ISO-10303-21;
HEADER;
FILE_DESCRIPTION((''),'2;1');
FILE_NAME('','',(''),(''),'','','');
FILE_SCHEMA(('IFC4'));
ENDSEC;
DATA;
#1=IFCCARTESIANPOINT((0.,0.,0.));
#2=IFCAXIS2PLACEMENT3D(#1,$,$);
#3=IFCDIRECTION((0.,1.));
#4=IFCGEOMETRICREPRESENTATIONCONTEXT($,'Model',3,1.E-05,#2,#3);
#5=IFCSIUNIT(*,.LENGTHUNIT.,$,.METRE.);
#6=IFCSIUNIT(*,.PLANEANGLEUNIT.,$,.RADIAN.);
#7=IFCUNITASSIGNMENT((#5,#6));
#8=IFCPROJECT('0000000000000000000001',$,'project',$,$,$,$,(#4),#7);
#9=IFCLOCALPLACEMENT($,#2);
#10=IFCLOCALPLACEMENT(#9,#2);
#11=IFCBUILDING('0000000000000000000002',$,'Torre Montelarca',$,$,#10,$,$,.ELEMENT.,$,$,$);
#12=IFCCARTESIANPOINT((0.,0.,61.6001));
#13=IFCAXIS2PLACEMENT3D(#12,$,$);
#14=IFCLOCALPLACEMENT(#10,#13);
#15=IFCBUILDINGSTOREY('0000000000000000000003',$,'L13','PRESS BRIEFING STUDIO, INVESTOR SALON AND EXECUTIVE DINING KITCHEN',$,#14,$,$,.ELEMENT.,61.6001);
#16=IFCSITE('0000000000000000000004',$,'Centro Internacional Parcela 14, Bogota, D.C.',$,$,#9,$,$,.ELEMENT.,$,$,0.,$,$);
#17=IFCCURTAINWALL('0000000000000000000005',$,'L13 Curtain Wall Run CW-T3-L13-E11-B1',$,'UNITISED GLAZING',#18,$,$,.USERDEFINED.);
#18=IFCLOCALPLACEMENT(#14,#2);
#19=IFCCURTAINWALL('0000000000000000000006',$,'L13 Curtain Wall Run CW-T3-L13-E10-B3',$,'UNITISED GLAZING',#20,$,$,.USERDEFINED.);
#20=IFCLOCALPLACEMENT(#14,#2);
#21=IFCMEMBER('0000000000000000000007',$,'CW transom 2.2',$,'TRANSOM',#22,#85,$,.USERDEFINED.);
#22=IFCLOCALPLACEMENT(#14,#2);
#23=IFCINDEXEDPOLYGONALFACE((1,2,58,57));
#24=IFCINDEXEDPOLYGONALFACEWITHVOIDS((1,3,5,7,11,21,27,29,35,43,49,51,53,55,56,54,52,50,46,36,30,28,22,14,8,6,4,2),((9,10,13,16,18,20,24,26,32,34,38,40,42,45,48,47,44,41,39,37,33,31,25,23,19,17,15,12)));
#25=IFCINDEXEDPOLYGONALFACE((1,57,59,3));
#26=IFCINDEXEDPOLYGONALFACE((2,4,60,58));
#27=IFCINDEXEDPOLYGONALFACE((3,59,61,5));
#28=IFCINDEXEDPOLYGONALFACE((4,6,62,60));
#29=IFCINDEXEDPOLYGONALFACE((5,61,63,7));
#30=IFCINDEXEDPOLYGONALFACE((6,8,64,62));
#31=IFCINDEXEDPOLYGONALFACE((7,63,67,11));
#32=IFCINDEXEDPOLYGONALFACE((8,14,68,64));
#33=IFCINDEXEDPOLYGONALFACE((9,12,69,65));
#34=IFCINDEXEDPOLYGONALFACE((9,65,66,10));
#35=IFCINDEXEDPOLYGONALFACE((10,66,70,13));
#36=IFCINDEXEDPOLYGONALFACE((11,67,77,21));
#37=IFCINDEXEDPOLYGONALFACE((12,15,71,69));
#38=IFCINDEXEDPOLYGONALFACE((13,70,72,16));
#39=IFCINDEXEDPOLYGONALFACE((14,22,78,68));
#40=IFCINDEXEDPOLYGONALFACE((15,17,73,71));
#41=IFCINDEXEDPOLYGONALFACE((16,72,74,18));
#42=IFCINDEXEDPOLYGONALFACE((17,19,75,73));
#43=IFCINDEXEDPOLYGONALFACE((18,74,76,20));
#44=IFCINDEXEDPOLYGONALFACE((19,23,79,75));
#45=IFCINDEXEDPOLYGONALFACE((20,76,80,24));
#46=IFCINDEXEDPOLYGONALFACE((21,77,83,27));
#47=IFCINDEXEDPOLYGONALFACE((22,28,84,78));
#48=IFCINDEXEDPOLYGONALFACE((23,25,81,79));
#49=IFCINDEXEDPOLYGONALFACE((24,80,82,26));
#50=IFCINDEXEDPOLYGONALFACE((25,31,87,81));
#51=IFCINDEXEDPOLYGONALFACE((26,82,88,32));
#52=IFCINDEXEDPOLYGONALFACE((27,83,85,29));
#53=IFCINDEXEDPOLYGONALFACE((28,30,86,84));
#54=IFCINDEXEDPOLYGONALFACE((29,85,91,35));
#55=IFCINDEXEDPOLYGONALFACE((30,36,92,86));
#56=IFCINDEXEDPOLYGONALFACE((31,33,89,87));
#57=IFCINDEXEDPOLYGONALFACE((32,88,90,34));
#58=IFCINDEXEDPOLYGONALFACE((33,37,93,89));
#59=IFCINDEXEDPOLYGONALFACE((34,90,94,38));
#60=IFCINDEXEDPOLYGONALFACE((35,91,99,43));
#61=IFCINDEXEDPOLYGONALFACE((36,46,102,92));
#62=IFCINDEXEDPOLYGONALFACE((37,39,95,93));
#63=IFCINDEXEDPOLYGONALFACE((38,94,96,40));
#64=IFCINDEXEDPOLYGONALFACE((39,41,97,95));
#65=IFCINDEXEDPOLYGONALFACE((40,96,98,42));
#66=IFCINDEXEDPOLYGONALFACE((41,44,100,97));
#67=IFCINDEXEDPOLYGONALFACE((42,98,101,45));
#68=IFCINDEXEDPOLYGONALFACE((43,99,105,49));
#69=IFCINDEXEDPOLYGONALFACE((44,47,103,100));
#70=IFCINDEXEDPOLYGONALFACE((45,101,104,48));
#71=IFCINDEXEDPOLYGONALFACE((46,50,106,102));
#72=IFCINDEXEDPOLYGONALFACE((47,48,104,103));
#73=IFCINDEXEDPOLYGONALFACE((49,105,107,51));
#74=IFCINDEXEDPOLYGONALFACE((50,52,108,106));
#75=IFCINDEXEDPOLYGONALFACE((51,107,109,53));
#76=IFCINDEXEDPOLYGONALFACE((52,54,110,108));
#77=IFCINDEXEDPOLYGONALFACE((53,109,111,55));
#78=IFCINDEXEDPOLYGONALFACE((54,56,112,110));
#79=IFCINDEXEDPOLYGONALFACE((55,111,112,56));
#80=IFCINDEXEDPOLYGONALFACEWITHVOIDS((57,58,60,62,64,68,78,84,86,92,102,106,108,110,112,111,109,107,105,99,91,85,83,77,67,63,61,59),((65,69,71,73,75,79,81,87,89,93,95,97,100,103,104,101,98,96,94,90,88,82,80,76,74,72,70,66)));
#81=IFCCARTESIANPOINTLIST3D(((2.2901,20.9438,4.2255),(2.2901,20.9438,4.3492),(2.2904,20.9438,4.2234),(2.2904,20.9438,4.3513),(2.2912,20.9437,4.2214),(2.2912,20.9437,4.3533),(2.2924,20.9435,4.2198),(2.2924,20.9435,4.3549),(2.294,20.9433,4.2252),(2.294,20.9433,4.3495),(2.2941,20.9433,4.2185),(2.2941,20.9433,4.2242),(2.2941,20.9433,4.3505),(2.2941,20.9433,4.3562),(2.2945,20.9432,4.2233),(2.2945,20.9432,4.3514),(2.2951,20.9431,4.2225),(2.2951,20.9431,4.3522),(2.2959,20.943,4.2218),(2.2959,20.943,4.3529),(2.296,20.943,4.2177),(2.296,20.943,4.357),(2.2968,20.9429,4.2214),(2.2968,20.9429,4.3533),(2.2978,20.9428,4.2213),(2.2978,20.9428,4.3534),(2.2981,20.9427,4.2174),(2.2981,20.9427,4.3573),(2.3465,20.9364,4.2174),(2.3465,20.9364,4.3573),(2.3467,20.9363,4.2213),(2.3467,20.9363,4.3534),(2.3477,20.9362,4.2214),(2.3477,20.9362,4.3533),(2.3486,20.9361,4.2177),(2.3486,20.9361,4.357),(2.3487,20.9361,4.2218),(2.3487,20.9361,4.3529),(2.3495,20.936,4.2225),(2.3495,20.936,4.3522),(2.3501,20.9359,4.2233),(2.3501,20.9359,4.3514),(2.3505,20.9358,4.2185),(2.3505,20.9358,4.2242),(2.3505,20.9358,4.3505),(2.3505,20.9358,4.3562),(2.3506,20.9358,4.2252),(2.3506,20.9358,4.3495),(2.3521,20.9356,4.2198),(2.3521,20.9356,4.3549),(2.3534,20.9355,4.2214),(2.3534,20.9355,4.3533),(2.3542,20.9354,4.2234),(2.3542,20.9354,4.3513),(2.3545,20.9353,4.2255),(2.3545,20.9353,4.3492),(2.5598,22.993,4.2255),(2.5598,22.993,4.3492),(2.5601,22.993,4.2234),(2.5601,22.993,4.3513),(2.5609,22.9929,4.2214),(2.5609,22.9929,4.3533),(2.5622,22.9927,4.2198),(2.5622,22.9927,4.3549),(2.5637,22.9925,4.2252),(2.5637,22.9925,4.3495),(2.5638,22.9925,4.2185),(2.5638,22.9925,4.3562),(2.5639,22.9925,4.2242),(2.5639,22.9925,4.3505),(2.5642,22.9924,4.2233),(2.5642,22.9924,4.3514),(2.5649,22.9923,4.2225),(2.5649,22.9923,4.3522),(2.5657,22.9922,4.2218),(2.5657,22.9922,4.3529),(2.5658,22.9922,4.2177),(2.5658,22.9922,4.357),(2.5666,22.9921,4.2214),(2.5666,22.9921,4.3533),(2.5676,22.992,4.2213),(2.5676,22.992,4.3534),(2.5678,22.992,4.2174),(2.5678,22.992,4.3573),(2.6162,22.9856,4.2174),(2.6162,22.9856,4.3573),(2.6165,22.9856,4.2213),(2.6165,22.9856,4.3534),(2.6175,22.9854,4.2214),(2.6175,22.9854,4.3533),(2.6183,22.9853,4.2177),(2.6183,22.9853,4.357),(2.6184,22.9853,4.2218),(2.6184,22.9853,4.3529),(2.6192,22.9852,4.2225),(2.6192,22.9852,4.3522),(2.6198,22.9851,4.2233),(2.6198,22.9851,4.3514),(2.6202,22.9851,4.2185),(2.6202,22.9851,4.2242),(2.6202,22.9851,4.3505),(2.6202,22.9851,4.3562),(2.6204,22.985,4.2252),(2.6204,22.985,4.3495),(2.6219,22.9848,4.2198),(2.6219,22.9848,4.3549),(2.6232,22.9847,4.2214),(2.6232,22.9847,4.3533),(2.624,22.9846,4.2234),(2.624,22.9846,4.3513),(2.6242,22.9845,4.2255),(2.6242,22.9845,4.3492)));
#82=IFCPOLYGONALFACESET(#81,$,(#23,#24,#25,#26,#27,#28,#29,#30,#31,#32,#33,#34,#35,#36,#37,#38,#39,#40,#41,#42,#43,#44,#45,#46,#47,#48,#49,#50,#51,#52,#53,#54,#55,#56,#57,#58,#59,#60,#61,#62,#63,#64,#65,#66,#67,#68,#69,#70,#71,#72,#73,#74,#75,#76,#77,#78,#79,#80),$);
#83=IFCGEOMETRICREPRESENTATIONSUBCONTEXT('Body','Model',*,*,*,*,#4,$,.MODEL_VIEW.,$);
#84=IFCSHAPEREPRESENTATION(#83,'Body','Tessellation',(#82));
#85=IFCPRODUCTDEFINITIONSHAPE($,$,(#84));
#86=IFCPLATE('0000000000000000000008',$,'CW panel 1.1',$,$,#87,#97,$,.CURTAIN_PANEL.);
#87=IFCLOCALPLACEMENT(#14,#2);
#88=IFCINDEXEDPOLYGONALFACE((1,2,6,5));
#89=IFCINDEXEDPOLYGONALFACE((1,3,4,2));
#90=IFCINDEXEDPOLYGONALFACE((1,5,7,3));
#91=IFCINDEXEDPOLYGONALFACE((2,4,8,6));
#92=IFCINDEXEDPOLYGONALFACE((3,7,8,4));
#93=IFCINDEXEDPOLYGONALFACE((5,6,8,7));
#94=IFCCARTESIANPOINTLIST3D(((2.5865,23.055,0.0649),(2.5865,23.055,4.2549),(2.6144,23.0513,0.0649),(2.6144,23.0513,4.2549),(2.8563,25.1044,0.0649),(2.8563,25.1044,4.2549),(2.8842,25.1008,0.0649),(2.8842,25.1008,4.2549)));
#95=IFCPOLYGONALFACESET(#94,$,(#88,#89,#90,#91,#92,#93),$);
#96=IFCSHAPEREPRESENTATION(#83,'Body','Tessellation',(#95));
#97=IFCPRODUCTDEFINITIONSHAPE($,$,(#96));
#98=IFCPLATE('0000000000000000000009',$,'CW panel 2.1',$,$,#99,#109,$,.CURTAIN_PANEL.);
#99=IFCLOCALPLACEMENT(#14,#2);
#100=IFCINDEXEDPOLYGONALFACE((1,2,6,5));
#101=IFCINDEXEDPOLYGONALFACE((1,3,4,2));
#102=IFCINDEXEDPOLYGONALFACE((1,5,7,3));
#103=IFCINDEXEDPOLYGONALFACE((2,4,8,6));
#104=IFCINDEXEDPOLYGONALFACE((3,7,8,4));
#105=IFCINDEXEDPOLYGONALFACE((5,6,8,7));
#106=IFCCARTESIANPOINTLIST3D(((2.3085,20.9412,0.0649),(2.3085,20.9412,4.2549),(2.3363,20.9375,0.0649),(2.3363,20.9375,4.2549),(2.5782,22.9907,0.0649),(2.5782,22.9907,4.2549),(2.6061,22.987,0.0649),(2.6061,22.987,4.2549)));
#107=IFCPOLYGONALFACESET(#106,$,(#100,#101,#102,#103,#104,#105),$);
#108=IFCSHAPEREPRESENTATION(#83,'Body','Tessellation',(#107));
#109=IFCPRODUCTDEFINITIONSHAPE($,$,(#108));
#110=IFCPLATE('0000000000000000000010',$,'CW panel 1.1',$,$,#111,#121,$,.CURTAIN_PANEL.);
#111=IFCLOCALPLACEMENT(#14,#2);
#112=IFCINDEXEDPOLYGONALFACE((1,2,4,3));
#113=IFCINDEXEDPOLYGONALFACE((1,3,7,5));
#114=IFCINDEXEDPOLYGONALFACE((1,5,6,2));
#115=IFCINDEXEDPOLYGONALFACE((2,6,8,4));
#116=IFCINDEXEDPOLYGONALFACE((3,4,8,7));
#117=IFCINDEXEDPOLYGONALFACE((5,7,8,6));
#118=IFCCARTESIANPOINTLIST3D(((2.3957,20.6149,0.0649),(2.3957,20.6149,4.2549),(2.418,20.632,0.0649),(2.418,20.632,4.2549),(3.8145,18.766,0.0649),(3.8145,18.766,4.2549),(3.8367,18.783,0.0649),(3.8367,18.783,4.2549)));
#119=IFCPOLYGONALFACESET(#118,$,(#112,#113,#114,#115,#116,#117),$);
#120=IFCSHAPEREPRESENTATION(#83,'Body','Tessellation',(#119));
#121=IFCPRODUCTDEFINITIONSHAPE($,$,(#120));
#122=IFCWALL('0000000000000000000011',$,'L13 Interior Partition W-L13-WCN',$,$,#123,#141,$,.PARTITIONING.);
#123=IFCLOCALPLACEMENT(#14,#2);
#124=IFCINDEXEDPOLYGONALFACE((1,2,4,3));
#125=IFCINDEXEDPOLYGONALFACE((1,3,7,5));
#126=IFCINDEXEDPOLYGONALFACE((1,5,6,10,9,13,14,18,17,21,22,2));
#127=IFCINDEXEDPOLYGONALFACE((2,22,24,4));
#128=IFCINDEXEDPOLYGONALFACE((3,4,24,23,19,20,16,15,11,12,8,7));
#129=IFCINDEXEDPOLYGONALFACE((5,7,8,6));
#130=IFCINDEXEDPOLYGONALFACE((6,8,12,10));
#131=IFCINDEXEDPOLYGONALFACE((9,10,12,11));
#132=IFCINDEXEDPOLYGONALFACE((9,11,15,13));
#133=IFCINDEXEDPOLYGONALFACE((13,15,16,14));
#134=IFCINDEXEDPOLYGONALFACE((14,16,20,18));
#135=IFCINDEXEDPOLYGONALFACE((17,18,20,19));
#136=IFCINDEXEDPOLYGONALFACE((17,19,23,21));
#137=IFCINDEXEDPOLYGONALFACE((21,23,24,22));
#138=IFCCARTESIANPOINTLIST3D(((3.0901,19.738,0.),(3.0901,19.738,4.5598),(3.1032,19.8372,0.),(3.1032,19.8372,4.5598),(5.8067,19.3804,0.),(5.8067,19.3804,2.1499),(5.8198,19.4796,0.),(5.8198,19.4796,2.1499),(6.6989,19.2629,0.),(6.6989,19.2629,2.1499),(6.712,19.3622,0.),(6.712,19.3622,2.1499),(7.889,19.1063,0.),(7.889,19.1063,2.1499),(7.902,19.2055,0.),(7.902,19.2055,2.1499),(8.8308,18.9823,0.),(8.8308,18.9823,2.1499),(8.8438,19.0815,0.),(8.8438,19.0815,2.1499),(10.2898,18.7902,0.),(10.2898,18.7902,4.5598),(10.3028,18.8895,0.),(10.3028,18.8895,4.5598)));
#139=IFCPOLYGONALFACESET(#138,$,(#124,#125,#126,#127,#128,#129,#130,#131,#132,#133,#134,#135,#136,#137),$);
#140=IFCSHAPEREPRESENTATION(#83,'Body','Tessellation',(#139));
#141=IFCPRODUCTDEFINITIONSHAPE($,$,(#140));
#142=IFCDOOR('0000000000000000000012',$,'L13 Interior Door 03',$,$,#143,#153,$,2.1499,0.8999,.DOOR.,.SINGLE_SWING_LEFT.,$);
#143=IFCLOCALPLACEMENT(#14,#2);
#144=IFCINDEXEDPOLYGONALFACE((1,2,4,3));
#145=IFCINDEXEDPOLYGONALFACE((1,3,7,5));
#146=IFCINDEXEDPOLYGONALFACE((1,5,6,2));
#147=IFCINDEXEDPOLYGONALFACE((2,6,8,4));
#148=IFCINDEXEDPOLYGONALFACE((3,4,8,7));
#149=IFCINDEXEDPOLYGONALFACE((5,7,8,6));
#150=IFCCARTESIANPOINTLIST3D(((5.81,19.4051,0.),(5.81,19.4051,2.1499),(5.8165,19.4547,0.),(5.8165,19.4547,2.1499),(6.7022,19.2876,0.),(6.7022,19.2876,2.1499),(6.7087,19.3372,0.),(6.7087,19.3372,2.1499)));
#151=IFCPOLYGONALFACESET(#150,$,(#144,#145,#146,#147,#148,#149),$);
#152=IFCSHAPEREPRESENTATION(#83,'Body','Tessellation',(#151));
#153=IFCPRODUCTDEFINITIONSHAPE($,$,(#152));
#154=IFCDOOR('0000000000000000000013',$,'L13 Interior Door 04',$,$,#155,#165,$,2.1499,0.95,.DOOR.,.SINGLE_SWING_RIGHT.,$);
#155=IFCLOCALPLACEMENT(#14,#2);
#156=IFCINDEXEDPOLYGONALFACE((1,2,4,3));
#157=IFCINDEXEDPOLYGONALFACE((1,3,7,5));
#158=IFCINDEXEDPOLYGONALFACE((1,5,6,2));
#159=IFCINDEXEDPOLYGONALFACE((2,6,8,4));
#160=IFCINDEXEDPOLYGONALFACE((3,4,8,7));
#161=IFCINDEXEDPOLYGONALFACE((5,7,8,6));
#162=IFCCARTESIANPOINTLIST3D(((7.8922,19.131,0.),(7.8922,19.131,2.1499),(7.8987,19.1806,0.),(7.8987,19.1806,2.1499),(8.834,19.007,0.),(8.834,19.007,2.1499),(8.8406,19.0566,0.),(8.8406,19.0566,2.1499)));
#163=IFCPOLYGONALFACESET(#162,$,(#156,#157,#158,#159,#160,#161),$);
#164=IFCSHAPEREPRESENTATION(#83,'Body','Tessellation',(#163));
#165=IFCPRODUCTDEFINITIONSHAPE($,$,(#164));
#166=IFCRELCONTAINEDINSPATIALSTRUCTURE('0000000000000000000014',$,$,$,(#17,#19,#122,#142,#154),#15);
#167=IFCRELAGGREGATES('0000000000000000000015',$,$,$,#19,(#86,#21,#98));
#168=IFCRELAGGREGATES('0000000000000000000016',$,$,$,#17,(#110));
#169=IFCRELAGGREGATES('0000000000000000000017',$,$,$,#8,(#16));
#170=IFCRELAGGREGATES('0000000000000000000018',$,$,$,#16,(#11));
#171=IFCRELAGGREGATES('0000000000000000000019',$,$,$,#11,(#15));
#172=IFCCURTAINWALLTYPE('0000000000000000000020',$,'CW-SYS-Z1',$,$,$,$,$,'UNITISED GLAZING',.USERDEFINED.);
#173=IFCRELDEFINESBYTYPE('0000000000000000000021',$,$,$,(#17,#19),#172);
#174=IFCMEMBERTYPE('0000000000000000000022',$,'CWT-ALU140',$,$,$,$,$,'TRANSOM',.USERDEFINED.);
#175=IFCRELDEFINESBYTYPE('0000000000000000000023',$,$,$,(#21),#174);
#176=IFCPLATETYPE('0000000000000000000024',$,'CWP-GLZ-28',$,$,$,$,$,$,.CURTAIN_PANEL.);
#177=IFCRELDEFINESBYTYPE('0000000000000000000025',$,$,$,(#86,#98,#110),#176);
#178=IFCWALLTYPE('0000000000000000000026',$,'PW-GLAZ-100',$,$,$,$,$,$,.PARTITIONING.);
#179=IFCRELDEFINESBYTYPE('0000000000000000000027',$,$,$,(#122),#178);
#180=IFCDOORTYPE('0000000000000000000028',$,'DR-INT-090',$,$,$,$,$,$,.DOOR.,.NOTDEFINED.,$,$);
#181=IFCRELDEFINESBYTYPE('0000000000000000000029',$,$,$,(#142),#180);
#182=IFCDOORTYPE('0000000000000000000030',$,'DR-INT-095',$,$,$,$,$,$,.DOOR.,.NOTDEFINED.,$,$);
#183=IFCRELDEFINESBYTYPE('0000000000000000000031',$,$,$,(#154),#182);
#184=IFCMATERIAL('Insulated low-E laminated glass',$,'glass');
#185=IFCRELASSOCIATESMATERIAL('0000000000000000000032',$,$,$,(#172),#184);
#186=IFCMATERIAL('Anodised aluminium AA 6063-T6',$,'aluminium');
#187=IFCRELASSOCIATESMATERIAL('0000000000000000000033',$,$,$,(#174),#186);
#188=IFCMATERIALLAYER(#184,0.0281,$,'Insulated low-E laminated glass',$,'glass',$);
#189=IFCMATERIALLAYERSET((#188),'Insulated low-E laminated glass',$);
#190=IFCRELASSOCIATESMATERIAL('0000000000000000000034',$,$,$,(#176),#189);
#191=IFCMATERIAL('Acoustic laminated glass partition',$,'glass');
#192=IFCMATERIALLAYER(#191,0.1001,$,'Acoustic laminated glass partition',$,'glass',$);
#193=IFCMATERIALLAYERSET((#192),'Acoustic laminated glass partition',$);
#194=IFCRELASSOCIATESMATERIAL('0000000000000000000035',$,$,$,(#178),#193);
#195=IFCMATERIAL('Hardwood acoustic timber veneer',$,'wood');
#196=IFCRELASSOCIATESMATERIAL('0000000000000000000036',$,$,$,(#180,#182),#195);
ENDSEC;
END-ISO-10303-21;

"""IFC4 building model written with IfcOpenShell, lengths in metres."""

from ifc_helpers import new_model, si_unit, direction, frame, frame_2d, origin, origin_2d, place, context, subcontext, project, spatial, rectangle, hollow_rectangle, extrude, source, transform, mapped, material, layer, layer_set, material_profile, profile_set, type_object, element, fill, aggregate, save


model = new_model("IFC4")

# Units and contexts
model_context = context("Model", 3, precision=1e-05, world=origin(), true_north=direction((0.0, 1.0)))
body_context = subcontext(model_context, "Body", "Model", "MODEL_VIEW")
ifc_project = project(units=[si_unit("LENGTHUNIT", "METRE"), si_unit("PLANEANGLEUNIT", "RADIAN")], contexts=[model_context])

# Site, building, storey
site_placement = place(None, origin())
site = spatial("IfcSite", under=ifc_project, at=site_placement, Name="Centro Internacional Parcela 14, Bogota, D.C.", CompositionType="ELEMENT", RefElevation=0.0)
building_placement = place(site_placement, origin())
building = spatial("IfcBuilding", under=site, at=building_placement, Name="Torre Montelarca", CompositionType="ELEMENT")
storey_placement = place(building_placement, frame((0.0, 0.0, 61.6001)))
storey = spatial("IfcBuildingStorey", under=building, at=storey_placement, Name="L13", Description="PRESS BRIEFING STUDIO, INVESTOR SALON AND EXECUTIVE DINING KITCHEN", CompositionType="ELEMENT", Elevation=61.6001)

# Curtain walls
ifc_material_1 = material(Name="Insulated low-E laminated glass", Category="glass")
curtain_wall_type = type_object("IfcCurtainWallType", Name="CW-SYS-Z1", ElementType="UNITISED GLAZING", PredefinedType="USERDEFINED", material=ifc_material_1)
curtain_wall_1_placement = place(storey_placement, origin())
curtain_wall_1 = element("IfcCurtainWall", 1, at=curtain_wall_1_placement, inside=storey, type_object=curtain_wall_type, Name="L13 Curtain Wall Run CW-T3-L13-E11-B1", ObjectType="UNITISED GLAZING", PredefinedType="USERDEFINED")
ifc_material_2 = material(Name="Anodised aluminium AA 6063-T6", Category="aluminium")
ifc_material_profile_1 = material_profile(ifc_material_2, hollow_rectangle(XDim=0.0649, YDim=0.1399, WallThickness=0.0039, InnerFilletRadius=0.0039, OuterFilletRadius=0.0081, at=origin_2d()), Name="ALU65X140X4", Category="aluminium")
ifc_profile_set_1 = profile_set([ifc_material_profile_1], Name="Anodised aluminium AA 6063-T6")
member_type_1 = type_object("IfcMemberType", Name="CWT-ALU140", ElementType="TRANSOM", PredefinedType="USERDEFINED", material=ifc_profile_set_1)
curtain_wall_2_placement = place(storey_placement, origin())
curtain_wall_2 = element("IfcCurtainWall", 2, at=curtain_wall_2_placement, inside=storey, type_object=curtain_wall_type, Name="L13 Curtain Wall Run CW-T3-L13-E10-B3", ObjectType="UNITISED GLAZING", PredefinedType="USERDEFINED")

# Member
shared_shape_1 = source(origin(), body_context, "Body", "SweptSolid", [
    extrude(hollow_rectangle(XDim=0.0649, YDim=0.1399, WallThickness=0.0039, InnerFilletRadius=0.0039, OuterFilletRadius=0.0081, at=origin_2d()), origin(), (0.0, 0.0, 1.0), 2.0669),
])
member_1_placement = place(storey_placement, frame((2.592, 22.9888, 4.2874), z_axis=(-0.130516, -0.991446, 0.0), x_axis=(0.991446, -0.130516, 0.0)))
member_1 = element("IfcMember", 3, at=member_1_placement, type_object=member_type_1, Name="CW transom 2.2", ObjectType="TRANSOM", PredefinedType="USERDEFINED", context=body_context, shape_type="MappedRepresentation", body=[
    mapped(shared_shape_1, transform((0.0, 0.0, 0.0), scale=1.0)),
])

# Plates
ifc_layer_1 = layer(ifc_material_1, 0.0281, Name="Insulated low-E laminated glass", Category="glass")
ifc_layer_set_1 = layer_set([ifc_layer_1], Name="Insulated low-E laminated glass")
plate_type = type_object("IfcPlateType", Name="CWP-GLZ-28", PredefinedType="CURTAIN_PANEL", material=ifc_layer_set_1)
shared_shape_2 = source(origin(), body_context, "Body", "SweptSolid", [
    extrude(rectangle(XDim=2.0671, YDim=0.0281, at=origin_2d()), origin(), (0.0, 0.0, 1.0), 4.1899),
])
plate_1_placement = place(storey_placement, frame((2.7354, 24.0779, 0.0649), z_axis=(0.0, 0.0, 1.0), x_axis=(-0.130508, -0.991447, 0.0)))
plate_1 = element("IfcPlate", 4, at=plate_1_placement, type_object=plate_type, Name="CW panel 1.1", PredefinedType="CURTAIN_PANEL", context=body_context, shape_type="MappedRepresentation", body=[
    mapped(shared_shape_2, transform((0.0, 0.0, 0.0), scale=1.0)),
])
plate_2_placement = place(storey_placement, frame((2.4573, 21.9641, 0.0649), z_axis=(0.0, 0.0, 1.0), x_axis=(-0.130508, -0.991447, 0.0)))
plate_2 = element("IfcPlate", 5, at=plate_2_placement, type_object=plate_type, Name="CW panel 2.1", PredefinedType="CURTAIN_PANEL", context=body_context, shape_type="MappedRepresentation", body=[
    mapped(shared_shape_2, transform((0.0, 0.0, 0.0), scale=1.0)),
])
aggregate(curtain_wall_2, [plate_1, member_1, plate_2])
shared_shape_3 = source(origin(), body_context, "Body", "SweptSolid", [
    extrude(rectangle(XDim=2.3306, YDim=0.0281, at=origin_2d()), origin(), (0.0, 0.0, 1.0), 4.1899),
])
plate_3_placement = place(storey_placement, frame((3.1162, 19.699, 0.0649), z_axis=(0.0, 0.0, 1.0), x_axis=(0.608771, -0.793346, 0.0)))
plate_3 = element("IfcPlate", 6, at=plate_3_placement, type_object=plate_type, Name="CW panel 1.1", PredefinedType="CURTAIN_PANEL", context=body_context, shape_type="MappedRepresentation", body=[
    mapped(shared_shape_3, transform((0.0, 0.0, 0.0), scale=1.0)),
])
aggregate(curtain_wall_1, [plate_3])

# Wall, openings, doors
ifc_material_3 = material(Name="Acoustic laminated glass partition", Category="glass")
ifc_layer_2 = layer(ifc_material_3, 0.1001, Name="Acoustic laminated glass partition", Category="glass")
ifc_layer_set_2 = layer_set([ifc_layer_2], Name="Acoustic laminated glass partition")
wall_type = type_object("IfcWallType", Name="PW-GLAZ-100", PredefinedType="PARTITIONING", material=ifc_layer_set_2)
wall_placement = place(storey_placement, frame((3.0967, 19.7876, 0.0), z_axis=(0.0, 0.0, 1.0), x_axis=(0.991447, -0.130512, 0.0)))
wall = element("IfcWall", 7, at=wall_placement, inside=storey, type_object=wall_type, Name="L13 Interior Partition W-L13-WCN", PredefinedType="PARTITIONING", context=body_context, shape_type="SweptSolid", body=[
    extrude(rectangle(XDim=7.2617, YDim=0.1001, at=frame_2d((3.6309, 0.0))), origin(), (0.0, 0.0, 1.0), 4.5598),
])
opening_1_placement = place(wall_placement, frame((2.74, 0.0, 0.0)))
opening_1 = element("IfcOpeningElement", 8, at=opening_1_placement, cuts=wall, PredefinedType="OPENING", context=body_context, shape_type="SweptSolid", body=[
    extrude(rectangle(XDim=0.8999, YDim=2.1499, at=frame_2d((0.45, 1.075))), frame((0.0, 0.0601, 0.0), z_axis=(0.0, -1.0, 0.0), x_axis=(1.0, 0.0, 0.0)), (0.0, 0.0, 1.0), 0.1201),
])
opening_2_placement = place(wall_placement, frame((4.8401, 0.0, 0.0)))
opening_2 = element("IfcOpeningElement", 9, at=opening_2_placement, cuts=wall, PredefinedType="OPENING", context=body_context, shape_type="SweptSolid", body=[
    extrude(rectangle(XDim=0.95, YDim=2.1499, at=frame_2d((0.4751, 1.075))), frame((0.0, 0.0601, 0.0), z_axis=(0.0, -1.0, 0.0), x_axis=(1.0, 0.0, 0.0)), (0.0, 0.0, 1.0), 0.1201),
])
ifc_material_4 = material(Name="Hardwood acoustic timber veneer", Category="wood")
door_type_1 = type_object("IfcDoorType", Name="DR-INT-090", OperationType="NOTDEFINED", PredefinedType="DOOR", material=ifc_material_4)
shared_shape_4 = source(origin(), body_context, "Body", "SweptSolid", [
    extrude(rectangle(XDim=0.8999, YDim=2.1499, at=frame_2d((0.45, 1.075))), frame((0.0, 0.0249, 0.0), z_axis=(0.0, -1.0, 0.0), x_axis=(1.0, 0.0, 0.0)), (0.0, 0.0, 1.0), 0.05),
])
door_1_placement = place(opening_1_placement, origin())
door_1 = element("IfcDoor", 10, at=door_1_placement, inside=storey, type_object=door_type_1, Name="L13 Interior Door 03", OperationType="SINGLE_SWING_LEFT", OverallHeight=2.1499, OverallWidth=0.8999, PredefinedType="DOOR", context=body_context, shape_type="MappedRepresentation", body=[
    mapped(shared_shape_4, transform((0.0, 0.0, 0.0), scale=1.0)),
])
fill(opening_1, door_1)
door_type_2 = type_object("IfcDoorType", Name="DR-INT-095", OperationType="NOTDEFINED", PredefinedType="DOOR", material=ifc_material_4)
shared_shape_5 = source(origin(), body_context, "Body", "SweptSolid", [
    extrude(rectangle(XDim=0.95, YDim=2.1499, at=frame_2d((0.4751, 1.075))), frame((0.0, 0.0249, 0.0), z_axis=(0.0, -1.0, 0.0), x_axis=(1.0, 0.0, 0.0)), (0.0, 0.0, 1.0), 0.05),
])
door_2_placement = place(opening_2_placement, origin())
door_2 = element("IfcDoor", 11, at=door_2_placement, inside=storey, type_object=door_type_2, Name="L13 Interior Door 04", OperationType="SINGLE_SWING_RIGHT", OverallHeight=2.1499, OverallWidth=0.95, PredefinedType="DOOR", context=body_context, shape_type="MappedRepresentation", body=[
    mapped(shared_shape_5, transform((0.0, 0.0, 0.0), scale=1.0)),
])
fill(opening_2, door_2)

save(model, "model.ifc")
